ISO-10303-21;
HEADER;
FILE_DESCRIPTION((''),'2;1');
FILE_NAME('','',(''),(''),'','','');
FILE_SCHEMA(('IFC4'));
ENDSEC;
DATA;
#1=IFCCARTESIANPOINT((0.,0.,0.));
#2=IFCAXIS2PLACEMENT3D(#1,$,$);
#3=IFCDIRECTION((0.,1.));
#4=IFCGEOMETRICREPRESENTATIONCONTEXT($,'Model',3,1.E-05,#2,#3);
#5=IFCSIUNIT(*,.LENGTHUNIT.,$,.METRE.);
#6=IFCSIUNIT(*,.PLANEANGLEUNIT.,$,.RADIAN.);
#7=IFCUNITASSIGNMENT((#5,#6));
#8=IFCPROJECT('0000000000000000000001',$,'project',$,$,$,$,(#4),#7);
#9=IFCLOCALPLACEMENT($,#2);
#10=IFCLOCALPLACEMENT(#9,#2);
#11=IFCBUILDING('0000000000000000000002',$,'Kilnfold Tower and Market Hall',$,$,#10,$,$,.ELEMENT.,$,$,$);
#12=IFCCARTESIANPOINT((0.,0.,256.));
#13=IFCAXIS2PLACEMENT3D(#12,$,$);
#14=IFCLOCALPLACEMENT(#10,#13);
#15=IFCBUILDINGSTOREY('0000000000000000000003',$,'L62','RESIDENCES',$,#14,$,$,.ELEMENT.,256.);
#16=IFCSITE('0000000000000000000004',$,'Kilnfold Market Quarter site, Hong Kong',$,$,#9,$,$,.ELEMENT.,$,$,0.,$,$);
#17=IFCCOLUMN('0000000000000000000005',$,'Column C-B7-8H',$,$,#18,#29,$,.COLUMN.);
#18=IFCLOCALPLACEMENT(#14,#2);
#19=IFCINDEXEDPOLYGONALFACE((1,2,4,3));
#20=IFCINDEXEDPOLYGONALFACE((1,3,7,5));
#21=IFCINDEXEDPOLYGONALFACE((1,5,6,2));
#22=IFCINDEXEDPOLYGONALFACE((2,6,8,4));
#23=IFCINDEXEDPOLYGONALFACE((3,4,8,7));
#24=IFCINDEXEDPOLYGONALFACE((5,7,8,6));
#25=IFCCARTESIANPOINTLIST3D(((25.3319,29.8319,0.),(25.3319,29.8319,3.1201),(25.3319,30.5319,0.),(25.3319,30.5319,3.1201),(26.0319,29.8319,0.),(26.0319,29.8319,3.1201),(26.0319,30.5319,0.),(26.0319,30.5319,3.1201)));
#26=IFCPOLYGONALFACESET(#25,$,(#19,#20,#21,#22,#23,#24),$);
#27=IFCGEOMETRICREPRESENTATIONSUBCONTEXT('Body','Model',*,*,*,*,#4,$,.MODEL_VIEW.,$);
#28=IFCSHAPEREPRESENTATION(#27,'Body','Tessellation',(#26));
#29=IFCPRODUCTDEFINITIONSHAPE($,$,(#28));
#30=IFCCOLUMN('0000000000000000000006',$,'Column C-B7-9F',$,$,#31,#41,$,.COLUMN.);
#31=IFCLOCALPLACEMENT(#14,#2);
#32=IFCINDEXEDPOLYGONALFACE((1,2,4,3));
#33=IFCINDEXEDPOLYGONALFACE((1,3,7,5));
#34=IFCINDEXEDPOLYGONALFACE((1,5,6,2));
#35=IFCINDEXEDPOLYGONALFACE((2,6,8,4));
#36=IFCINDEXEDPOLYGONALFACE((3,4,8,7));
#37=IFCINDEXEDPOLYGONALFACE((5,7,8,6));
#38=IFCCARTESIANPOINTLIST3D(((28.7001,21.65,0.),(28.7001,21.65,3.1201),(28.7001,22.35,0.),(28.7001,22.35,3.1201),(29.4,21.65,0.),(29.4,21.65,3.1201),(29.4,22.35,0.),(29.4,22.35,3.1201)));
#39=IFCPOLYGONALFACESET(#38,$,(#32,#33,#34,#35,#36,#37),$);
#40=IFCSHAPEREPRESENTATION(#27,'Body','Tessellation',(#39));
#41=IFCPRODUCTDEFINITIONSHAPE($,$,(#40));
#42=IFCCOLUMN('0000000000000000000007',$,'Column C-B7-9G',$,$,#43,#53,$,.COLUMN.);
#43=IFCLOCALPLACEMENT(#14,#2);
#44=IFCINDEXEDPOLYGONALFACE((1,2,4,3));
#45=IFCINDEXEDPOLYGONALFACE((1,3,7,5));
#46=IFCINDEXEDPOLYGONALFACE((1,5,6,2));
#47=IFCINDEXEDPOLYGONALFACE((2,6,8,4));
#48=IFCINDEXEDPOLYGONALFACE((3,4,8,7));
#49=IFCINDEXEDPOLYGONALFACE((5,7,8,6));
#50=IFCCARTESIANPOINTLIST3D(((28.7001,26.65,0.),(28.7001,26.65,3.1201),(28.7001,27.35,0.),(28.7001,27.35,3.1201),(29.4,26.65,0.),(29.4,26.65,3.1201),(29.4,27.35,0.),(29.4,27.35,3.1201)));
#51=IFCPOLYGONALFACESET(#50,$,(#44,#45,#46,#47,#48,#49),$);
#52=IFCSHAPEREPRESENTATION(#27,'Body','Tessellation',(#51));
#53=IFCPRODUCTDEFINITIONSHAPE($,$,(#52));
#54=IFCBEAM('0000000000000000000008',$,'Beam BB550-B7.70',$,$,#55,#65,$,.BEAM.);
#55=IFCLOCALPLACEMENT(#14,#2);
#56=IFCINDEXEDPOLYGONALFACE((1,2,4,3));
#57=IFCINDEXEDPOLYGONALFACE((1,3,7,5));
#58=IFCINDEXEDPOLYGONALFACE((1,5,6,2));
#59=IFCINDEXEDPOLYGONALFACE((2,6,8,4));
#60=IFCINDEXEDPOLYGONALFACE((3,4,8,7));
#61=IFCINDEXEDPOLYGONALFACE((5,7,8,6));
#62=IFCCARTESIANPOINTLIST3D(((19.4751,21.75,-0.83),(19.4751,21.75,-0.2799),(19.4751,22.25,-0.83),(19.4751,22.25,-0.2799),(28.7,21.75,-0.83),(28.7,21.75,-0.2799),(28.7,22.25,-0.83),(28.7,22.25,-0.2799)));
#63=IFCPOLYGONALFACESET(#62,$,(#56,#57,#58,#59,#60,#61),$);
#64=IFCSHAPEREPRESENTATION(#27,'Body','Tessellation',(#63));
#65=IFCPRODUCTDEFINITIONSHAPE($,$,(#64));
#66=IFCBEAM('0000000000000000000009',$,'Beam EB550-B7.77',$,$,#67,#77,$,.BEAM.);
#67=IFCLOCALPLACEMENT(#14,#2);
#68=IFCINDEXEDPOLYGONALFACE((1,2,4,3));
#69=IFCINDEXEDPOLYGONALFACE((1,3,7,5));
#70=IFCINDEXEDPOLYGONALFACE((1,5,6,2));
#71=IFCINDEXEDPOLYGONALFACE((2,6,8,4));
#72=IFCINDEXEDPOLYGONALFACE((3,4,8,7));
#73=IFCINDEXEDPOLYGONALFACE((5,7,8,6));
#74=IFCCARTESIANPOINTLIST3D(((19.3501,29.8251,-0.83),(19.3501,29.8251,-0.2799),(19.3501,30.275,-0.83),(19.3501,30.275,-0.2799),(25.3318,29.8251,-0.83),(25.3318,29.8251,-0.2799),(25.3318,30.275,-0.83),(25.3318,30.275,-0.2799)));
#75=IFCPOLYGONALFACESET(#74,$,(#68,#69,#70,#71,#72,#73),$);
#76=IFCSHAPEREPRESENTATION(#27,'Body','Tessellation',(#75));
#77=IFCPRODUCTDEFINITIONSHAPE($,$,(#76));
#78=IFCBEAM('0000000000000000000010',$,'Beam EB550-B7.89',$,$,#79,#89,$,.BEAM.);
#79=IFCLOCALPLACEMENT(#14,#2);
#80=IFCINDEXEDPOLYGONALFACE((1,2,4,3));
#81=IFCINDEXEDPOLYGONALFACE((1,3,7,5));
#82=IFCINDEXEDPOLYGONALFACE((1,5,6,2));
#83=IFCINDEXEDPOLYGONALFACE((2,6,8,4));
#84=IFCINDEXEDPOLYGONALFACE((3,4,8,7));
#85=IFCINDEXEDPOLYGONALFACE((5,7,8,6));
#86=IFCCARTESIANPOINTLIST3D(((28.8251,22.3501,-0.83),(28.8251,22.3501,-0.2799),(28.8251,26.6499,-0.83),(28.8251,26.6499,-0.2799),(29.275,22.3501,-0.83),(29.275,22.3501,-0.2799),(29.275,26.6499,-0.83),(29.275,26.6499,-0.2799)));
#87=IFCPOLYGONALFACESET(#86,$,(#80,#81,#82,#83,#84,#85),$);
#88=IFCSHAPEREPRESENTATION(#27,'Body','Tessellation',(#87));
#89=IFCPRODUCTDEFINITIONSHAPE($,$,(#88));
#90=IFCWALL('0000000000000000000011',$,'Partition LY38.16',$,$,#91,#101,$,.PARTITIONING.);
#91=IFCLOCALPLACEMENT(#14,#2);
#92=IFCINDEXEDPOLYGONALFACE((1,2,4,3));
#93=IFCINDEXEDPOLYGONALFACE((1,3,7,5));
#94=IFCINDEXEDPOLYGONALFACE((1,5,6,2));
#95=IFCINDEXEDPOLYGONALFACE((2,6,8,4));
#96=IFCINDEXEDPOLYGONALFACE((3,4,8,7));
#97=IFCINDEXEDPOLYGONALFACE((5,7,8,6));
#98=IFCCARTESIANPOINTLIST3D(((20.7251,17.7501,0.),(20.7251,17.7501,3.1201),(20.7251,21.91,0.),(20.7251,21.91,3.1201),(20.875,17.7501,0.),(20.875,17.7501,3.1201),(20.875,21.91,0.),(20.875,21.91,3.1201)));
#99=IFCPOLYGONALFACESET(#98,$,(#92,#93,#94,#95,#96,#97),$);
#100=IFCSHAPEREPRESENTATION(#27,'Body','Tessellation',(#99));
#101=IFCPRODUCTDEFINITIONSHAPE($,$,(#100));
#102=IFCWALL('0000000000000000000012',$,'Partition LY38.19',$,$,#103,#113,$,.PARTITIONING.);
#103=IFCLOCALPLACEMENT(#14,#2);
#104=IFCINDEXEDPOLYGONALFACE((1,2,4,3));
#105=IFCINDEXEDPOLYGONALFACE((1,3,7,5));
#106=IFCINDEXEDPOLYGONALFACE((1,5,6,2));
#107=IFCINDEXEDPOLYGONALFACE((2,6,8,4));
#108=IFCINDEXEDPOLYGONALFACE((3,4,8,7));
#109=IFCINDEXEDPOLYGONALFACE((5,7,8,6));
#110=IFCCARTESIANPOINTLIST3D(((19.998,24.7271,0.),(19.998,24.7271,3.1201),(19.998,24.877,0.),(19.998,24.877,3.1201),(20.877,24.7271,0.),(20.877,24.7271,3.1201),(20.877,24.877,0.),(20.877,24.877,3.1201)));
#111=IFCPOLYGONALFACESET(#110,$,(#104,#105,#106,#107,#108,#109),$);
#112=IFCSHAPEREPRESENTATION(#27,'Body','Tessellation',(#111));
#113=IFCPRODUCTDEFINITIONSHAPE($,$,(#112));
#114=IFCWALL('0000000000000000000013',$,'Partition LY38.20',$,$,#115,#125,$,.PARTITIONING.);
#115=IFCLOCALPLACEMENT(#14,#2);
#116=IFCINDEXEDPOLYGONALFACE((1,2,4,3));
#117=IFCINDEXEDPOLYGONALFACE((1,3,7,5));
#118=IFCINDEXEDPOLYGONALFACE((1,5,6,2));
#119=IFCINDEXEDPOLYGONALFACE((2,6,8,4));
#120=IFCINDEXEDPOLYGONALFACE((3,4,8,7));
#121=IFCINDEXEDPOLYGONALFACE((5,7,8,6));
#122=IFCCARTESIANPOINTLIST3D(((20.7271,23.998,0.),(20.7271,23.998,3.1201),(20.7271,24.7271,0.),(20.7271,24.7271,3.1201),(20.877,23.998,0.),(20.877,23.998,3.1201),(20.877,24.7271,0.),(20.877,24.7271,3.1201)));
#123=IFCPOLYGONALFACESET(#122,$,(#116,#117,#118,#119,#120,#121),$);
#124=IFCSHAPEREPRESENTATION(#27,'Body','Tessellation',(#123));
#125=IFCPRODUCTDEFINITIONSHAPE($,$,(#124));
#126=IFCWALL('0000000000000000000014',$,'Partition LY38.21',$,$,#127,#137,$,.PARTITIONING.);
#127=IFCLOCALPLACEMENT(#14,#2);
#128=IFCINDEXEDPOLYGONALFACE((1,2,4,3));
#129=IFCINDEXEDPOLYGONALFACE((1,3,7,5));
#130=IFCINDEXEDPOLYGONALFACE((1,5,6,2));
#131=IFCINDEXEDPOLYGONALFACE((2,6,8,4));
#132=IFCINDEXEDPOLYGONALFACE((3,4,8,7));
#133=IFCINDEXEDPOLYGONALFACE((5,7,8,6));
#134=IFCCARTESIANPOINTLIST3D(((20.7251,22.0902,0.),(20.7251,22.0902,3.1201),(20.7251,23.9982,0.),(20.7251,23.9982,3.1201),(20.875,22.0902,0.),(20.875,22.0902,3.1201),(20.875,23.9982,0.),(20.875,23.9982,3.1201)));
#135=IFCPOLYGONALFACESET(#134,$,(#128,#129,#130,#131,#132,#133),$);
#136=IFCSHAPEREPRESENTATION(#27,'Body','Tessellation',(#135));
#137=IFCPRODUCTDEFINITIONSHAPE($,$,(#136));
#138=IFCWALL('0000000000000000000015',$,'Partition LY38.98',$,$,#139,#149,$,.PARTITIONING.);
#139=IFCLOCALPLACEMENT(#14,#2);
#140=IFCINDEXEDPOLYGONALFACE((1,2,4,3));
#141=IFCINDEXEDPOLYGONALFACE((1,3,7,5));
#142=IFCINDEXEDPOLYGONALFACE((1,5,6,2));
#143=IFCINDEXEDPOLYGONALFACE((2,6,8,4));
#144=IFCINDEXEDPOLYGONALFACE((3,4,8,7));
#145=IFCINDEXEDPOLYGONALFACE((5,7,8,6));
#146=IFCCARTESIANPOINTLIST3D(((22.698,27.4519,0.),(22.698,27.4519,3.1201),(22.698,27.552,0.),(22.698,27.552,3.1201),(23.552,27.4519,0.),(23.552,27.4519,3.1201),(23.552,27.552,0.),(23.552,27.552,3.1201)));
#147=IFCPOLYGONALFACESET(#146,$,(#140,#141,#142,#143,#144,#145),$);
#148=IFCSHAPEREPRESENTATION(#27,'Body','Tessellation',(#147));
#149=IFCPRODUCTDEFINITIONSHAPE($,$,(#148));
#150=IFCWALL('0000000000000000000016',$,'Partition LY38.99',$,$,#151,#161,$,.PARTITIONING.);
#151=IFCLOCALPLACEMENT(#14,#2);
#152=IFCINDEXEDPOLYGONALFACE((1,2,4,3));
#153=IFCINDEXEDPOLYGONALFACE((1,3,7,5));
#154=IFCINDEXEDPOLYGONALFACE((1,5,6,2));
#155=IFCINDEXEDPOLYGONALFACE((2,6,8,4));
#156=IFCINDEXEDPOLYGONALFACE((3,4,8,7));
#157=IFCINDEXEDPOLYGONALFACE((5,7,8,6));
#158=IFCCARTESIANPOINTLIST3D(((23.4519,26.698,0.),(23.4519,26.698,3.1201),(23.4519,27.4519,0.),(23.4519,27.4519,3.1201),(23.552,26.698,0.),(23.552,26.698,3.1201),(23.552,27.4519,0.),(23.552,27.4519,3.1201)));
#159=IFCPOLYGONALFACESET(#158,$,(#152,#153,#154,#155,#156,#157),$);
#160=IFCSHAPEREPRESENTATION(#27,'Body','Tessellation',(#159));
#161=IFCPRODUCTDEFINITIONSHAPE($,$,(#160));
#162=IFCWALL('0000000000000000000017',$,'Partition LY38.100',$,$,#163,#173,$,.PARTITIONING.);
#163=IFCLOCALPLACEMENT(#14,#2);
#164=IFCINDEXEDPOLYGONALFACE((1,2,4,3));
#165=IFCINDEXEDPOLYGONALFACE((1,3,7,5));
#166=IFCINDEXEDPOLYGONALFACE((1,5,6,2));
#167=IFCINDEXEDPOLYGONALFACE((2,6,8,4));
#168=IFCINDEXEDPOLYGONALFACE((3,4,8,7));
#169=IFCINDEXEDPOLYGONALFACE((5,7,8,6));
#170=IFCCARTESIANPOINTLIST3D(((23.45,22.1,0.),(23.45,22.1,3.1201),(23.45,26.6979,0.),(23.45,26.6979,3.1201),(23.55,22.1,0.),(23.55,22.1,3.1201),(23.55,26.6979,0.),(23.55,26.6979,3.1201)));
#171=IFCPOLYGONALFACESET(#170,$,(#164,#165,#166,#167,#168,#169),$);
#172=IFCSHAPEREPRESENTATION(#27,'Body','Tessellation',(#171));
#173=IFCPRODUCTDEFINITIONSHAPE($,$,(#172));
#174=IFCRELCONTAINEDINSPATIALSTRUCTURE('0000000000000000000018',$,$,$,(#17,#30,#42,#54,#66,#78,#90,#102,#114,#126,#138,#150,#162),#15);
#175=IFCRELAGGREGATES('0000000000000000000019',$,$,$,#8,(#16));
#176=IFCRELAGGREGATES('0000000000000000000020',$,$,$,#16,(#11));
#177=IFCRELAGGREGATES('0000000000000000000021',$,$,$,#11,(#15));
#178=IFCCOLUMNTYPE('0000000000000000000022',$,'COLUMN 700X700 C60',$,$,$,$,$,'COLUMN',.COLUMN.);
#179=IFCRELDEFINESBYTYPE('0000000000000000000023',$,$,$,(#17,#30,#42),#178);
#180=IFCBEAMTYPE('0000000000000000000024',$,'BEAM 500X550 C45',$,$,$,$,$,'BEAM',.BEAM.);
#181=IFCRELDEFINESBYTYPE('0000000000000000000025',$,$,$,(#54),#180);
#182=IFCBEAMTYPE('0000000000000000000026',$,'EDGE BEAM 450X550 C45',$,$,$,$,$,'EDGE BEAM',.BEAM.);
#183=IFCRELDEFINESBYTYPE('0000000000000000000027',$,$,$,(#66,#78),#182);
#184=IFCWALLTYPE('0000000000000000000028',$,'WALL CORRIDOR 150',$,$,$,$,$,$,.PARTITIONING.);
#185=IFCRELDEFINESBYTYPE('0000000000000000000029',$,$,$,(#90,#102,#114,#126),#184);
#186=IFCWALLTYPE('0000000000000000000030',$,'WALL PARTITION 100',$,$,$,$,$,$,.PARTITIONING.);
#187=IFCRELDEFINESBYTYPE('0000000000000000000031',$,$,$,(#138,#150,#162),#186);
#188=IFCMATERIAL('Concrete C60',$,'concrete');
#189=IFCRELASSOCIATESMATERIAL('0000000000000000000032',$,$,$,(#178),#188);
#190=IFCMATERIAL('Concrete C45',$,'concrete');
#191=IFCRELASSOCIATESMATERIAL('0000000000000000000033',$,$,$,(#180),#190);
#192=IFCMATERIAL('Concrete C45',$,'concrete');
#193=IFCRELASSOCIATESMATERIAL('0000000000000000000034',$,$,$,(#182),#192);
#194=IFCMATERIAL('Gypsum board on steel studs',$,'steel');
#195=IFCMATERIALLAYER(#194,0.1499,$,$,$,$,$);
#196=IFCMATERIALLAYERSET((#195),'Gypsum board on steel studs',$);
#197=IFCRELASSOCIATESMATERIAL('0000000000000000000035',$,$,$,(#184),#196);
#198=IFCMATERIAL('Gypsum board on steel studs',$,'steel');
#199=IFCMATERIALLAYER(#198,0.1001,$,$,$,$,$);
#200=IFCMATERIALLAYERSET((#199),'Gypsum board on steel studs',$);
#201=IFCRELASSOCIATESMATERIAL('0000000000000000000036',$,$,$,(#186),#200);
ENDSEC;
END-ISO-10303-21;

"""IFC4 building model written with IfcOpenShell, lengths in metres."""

from ifc_helpers import new_model, si_unit, direction, frame, frame_2d, origin, origin_2d, place, context, subcontext, project, spatial, rectangle, extrude, source, transform, mapped, material, layer, layer_set, material_profile, profile_set, type_object, element, save


model = new_model("IFC4")

# Units and contexts
model_context = context("Model", 3, precision=1e-05, world=origin(), true_north=direction((0.0, 1.0)))
body_context = subcontext(model_context, "Body", "Model", "MODEL_VIEW")
ifc_project = project(units=[si_unit("LENGTHUNIT", "METRE"), si_unit("PLANEANGLEUNIT", "RADIAN")], contexts=[model_context])

# Site, building, storey
site_placement = place(None, origin())
site = spatial("IfcSite", under=ifc_project, at=site_placement, Name="Kilnfold Market Quarter site, Hong Kong", CompositionType="ELEMENT", RefElevation=0.0)
building_placement = place(site_placement, origin())
building = spatial("IfcBuilding", under=site, at=building_placement, Name="Kilnfold Tower and Market Hall", CompositionType="ELEMENT")
storey_placement = place(building_placement, frame((0.0, 0.0, 256.0)))
storey = spatial("IfcBuildingStorey", under=building, at=storey_placement, Name="L62", Description="RESIDENCES", CompositionType="ELEMENT", Elevation=256.0)

# Columns
ifc_material_1 = material(Name="Concrete C60", Category="concrete")
ifc_material_profile_1 = material_profile(ifc_material_1, rectangle(XDim=0.7, YDim=0.7, at=origin_2d()), Name="RC 700x700")
ifc_profile_set_1 = profile_set([ifc_material_profile_1], Name="Concrete C60")
column_type = type_object("IfcColumnType", Name="COLUMN 700X700 C60", ElementType="COLUMN", PredefinedType="COLUMN", material=ifc_profile_set_1)
shared_shape_1 = source(origin(), body_context, "Body", "SweptSolid", [
    extrude(rectangle(XDim=0.7, YDim=0.7, at=origin_2d()), origin(), (0.0, 0.0, 1.0), 3.1201),
])
for number, where, z_axis, x_axis, name in (
    (1, (25.6819, 30.1819, 0.0), (0.0, 0.0, 1.0), (1.0, 0.0, 0.0), "Column C-B7-8H"),
    (2, (29.05, 22.0, 0.0), (0.0, 0.0, 1.0), (1.0, 0.0, 0.0), "Column C-B7-9F"),
    (3, (29.05, 27.0, 0.0), (0.0, 0.0, 1.0), (1.0, 0.0, 0.0), "Column C-B7-9G"),
):
    element("IfcColumn", number, at=place(storey_placement, frame(where, z_axis=z_axis, x_axis=x_axis)), inside=storey, type_object=column_type, Name=name, PredefinedType="COLUMN", context=body_context, shape_type="MappedRepresentation", body=[
        mapped(shared_shape_1, transform((0.0, 0.0, 0.0))),
    ])

# Beams
ifc_material_2 = material(Name="Concrete C45", Category="concrete")
ifc_material_profile_2 = material_profile(ifc_material_2, rectangle(XDim=0.5, YDim=0.55, at=origin_2d()), Name="RC 500x550")
ifc_profile_set_2 = profile_set([ifc_material_profile_2], Name="Concrete C45")
beam_type_1 = type_object("IfcBeamType", Name="BEAM 500X550 C45", ElementType="BEAM", PredefinedType="BEAM", material=ifc_profile_set_2)
shared_shape_2 = source(origin(), body_context, "Body", "SweptSolid", [
    extrude(rectangle(XDim=0.5, YDim=0.55, at=origin_2d()), origin(), (0.0, 0.0, 1.0), 9.2249),
])
beam_1_placement = place(storey_placement, frame((19.4751, 22.0, -0.5549), z_axis=(1.0, 0.0, 0.0), x_axis=(0.0, 1.0, 0.0)))
element("IfcBeam", 4, at=beam_1_placement, inside=storey, type_object=beam_type_1, Name="Beam BB550-B7.70", PredefinedType="BEAM", context=body_context, shape_type="MappedRepresentation", body=[
    mapped(shared_shape_2, transform((0.0, 0.0, 0.0))),
])
ifc_material_3 = material(Name="Concrete C45", Category="concrete")
ifc_material_profile_3 = material_profile(ifc_material_3, rectangle(XDim=0.45, YDim=0.55, at=origin_2d()), Name="RC 450x550")
ifc_profile_set_3 = profile_set([ifc_material_profile_3], Name="Concrete C45")
beam_type_2 = type_object("IfcBeamType", Name="EDGE BEAM 450X550 C45", ElementType="EDGE BEAM", PredefinedType="BEAM", material=ifc_profile_set_3)
shared_shape_3 = source(origin(), body_context, "Body", "SweptSolid", [
    extrude(rectangle(XDim=0.45, YDim=0.55, at=origin_2d()), origin(), (0.0, 0.0, 1.0), 5.9817),
])
beam_2_placement = place(storey_placement, frame((19.3501, 30.05, -0.5549), z_axis=(1.0, 0.0, 0.0), x_axis=(0.0, 1.0, 0.0)))
element("IfcBeam", 5, at=beam_2_placement, inside=storey, type_object=beam_type_2, Name="Beam EB550-B7.77", PredefinedType="BEAM", context=body_context, shape_type="MappedRepresentation", body=[
    mapped(shared_shape_3, transform((0.0, 0.0, 0.0))),
])
shared_shape_4 = source(origin(), body_context, "Body", "SweptSolid", [
    extrude(rectangle(XDim=0.45, YDim=0.55, at=origin_2d()), origin(), (0.0, 0.0, 1.0), 4.2998),
])
beam_3_placement = place(storey_placement, frame((29.05, 22.3501, -0.5549), z_axis=(0.0, 1.0, 0.0), x_axis=(-1.0, 0.0, 0.0)))
element("IfcBeam", 6, at=beam_3_placement, inside=storey, type_object=beam_type_2, Name="Beam EB550-B7.89", PredefinedType="BEAM", context=body_context, shape_type="MappedRepresentation", body=[
    mapped(shared_shape_4, transform((0.0, 0.0, 0.0))),
])

# Walls
ifc_material_4 = material(Name="Gypsum board on steel studs", Category="steel")
ifc_layer_1 = layer(ifc_material_4, 0.1499)
ifc_layer_set_1 = layer_set([ifc_layer_1], Name="Gypsum board on steel studs")
wall_type_1 = type_object("IfcWallType", Name="WALL CORRIDOR 150", PredefinedType="PARTITIONING", material=ifc_layer_set_1)
wall_1_placement = place(storey_placement, frame((20.8, 17.75, 0.0), z_axis=(0.0, 0.0, 1.0), x_axis=(0.0, 1.0, 0.0)))
element("IfcWall", 7, at=wall_1_placement, inside=storey, type_object=wall_type_1, Name="Partition LY38.16", PredefinedType="PARTITIONING", context=body_context, shape_type="SweptSolid", body=[
    extrude(rectangle(XDim=4.1599, YDim=0.1499, at=frame_2d((2.0801, 0.0))), origin(), (0.0, 0.0, 1.0), 3.1201),
])
wall_2_placement = place(storey_placement, frame((20.877, 24.802, 0.0), z_axis=(0.0, 0.0, 1.0), x_axis=(-1.0, 0.0, 0.0)))
element("IfcWall", 8, at=wall_2_placement, inside=storey, type_object=wall_type_1, Name="Partition LY38.19", PredefinedType="PARTITIONING", context=body_context, shape_type="SweptSolid", body=[
    extrude(rectangle(XDim=0.8789, YDim=0.1499, at=frame_2d((0.4395, 0.0))), origin(), (0.0, 0.0, 1.0), 3.1201),
])
wall_3_placement = place(storey_placement, frame((20.802, 23.998, 0.0), z_axis=(0.0, 0.0, 1.0), x_axis=(0.0, 1.0, 0.0)))
element("IfcWall", 9, at=wall_3_placement, inside=storey, type_object=wall_type_1, Name="Partition LY38.20", PredefinedType="PARTITIONING", context=body_context, shape_type="SweptSolid", body=[
    extrude(rectangle(XDim=0.729, YDim=0.1499, at=frame_2d((0.3645, 0.0))), origin(), (0.0, 0.0, 1.0), 3.1201),
])
wall_4_placement = place(storey_placement, frame((20.8, 22.0901, 0.0), z_axis=(0.0, 0.0, 1.0), x_axis=(0.0, 1.0, 0.0)))
element("IfcWall", 10, at=wall_4_placement, inside=storey, type_object=wall_type_1, Name="Partition LY38.21", PredefinedType="PARTITIONING", context=body_context, shape_type="SweptSolid", body=[
    extrude(rectangle(XDim=1.908, YDim=0.1499, at=frame_2d((0.9541, 0.0))), origin(), (0.0, 0.0, 1.0), 3.1201),
])
ifc_material_5 = material(Name="Gypsum board on steel studs", Category="steel")
ifc_layer_2 = layer(ifc_material_5, 0.1001)
ifc_layer_set_2 = layer_set([ifc_layer_2], Name="Gypsum board on steel studs")
wall_type_2 = type_object("IfcWallType", Name="WALL PARTITION 100", PredefinedType="PARTITIONING", material=ifc_layer_set_2)
wall_5_placement = place(storey_placement, frame((23.552, 27.502, 0.0), z_axis=(0.0, 0.0, 1.0), x_axis=(-1.0, 0.0, 0.0)))
element("IfcWall", 11, at=wall_5_placement, inside=storey, type_object=wall_type_2, Name="Partition LY38.98", PredefinedType="PARTITIONING", context=body_context, shape_type="SweptSolid", body=[
    extrude(rectangle(XDim=0.854, YDim=0.1001, at=frame_2d((0.427, 0.0))), origin(), (0.0, 0.0, 1.0), 3.1201),
])
wall_6_placement = place(storey_placement, frame((23.502, 26.698, 0.0), z_axis=(0.0, 0.0, 1.0), x_axis=(0.0, 1.0, 0.0)))
element("IfcWall", 12, at=wall_6_placement, inside=storey, type_object=wall_type_2, Name="Partition LY38.99", PredefinedType="PARTITIONING", context=body_context, shape_type="SweptSolid", body=[
    extrude(rectangle(XDim=0.7539, YDim=0.1001, at=frame_2d((0.377, 0.0))), origin(), (0.0, 0.0, 1.0), 3.1201),
])
wall_7_placement = place(storey_placement, frame((23.5, 22.1001, 0.0), z_axis=(0.0, 0.0, 1.0), x_axis=(0.0, 1.0, 0.0)))
element("IfcWall", 13, at=wall_7_placement, inside=storey, type_object=wall_type_2, Name="Partition LY38.100", PredefinedType="PARTITIONING", context=body_context, shape_type="SweptSolid", body=[
    extrude(rectangle(XDim=4.5979, YDim=0.1001, at=frame_2d((2.2988, 0.0))), origin(), (0.0, 0.0, 1.0), 3.1201),
])

save(model, "model.ifc")
